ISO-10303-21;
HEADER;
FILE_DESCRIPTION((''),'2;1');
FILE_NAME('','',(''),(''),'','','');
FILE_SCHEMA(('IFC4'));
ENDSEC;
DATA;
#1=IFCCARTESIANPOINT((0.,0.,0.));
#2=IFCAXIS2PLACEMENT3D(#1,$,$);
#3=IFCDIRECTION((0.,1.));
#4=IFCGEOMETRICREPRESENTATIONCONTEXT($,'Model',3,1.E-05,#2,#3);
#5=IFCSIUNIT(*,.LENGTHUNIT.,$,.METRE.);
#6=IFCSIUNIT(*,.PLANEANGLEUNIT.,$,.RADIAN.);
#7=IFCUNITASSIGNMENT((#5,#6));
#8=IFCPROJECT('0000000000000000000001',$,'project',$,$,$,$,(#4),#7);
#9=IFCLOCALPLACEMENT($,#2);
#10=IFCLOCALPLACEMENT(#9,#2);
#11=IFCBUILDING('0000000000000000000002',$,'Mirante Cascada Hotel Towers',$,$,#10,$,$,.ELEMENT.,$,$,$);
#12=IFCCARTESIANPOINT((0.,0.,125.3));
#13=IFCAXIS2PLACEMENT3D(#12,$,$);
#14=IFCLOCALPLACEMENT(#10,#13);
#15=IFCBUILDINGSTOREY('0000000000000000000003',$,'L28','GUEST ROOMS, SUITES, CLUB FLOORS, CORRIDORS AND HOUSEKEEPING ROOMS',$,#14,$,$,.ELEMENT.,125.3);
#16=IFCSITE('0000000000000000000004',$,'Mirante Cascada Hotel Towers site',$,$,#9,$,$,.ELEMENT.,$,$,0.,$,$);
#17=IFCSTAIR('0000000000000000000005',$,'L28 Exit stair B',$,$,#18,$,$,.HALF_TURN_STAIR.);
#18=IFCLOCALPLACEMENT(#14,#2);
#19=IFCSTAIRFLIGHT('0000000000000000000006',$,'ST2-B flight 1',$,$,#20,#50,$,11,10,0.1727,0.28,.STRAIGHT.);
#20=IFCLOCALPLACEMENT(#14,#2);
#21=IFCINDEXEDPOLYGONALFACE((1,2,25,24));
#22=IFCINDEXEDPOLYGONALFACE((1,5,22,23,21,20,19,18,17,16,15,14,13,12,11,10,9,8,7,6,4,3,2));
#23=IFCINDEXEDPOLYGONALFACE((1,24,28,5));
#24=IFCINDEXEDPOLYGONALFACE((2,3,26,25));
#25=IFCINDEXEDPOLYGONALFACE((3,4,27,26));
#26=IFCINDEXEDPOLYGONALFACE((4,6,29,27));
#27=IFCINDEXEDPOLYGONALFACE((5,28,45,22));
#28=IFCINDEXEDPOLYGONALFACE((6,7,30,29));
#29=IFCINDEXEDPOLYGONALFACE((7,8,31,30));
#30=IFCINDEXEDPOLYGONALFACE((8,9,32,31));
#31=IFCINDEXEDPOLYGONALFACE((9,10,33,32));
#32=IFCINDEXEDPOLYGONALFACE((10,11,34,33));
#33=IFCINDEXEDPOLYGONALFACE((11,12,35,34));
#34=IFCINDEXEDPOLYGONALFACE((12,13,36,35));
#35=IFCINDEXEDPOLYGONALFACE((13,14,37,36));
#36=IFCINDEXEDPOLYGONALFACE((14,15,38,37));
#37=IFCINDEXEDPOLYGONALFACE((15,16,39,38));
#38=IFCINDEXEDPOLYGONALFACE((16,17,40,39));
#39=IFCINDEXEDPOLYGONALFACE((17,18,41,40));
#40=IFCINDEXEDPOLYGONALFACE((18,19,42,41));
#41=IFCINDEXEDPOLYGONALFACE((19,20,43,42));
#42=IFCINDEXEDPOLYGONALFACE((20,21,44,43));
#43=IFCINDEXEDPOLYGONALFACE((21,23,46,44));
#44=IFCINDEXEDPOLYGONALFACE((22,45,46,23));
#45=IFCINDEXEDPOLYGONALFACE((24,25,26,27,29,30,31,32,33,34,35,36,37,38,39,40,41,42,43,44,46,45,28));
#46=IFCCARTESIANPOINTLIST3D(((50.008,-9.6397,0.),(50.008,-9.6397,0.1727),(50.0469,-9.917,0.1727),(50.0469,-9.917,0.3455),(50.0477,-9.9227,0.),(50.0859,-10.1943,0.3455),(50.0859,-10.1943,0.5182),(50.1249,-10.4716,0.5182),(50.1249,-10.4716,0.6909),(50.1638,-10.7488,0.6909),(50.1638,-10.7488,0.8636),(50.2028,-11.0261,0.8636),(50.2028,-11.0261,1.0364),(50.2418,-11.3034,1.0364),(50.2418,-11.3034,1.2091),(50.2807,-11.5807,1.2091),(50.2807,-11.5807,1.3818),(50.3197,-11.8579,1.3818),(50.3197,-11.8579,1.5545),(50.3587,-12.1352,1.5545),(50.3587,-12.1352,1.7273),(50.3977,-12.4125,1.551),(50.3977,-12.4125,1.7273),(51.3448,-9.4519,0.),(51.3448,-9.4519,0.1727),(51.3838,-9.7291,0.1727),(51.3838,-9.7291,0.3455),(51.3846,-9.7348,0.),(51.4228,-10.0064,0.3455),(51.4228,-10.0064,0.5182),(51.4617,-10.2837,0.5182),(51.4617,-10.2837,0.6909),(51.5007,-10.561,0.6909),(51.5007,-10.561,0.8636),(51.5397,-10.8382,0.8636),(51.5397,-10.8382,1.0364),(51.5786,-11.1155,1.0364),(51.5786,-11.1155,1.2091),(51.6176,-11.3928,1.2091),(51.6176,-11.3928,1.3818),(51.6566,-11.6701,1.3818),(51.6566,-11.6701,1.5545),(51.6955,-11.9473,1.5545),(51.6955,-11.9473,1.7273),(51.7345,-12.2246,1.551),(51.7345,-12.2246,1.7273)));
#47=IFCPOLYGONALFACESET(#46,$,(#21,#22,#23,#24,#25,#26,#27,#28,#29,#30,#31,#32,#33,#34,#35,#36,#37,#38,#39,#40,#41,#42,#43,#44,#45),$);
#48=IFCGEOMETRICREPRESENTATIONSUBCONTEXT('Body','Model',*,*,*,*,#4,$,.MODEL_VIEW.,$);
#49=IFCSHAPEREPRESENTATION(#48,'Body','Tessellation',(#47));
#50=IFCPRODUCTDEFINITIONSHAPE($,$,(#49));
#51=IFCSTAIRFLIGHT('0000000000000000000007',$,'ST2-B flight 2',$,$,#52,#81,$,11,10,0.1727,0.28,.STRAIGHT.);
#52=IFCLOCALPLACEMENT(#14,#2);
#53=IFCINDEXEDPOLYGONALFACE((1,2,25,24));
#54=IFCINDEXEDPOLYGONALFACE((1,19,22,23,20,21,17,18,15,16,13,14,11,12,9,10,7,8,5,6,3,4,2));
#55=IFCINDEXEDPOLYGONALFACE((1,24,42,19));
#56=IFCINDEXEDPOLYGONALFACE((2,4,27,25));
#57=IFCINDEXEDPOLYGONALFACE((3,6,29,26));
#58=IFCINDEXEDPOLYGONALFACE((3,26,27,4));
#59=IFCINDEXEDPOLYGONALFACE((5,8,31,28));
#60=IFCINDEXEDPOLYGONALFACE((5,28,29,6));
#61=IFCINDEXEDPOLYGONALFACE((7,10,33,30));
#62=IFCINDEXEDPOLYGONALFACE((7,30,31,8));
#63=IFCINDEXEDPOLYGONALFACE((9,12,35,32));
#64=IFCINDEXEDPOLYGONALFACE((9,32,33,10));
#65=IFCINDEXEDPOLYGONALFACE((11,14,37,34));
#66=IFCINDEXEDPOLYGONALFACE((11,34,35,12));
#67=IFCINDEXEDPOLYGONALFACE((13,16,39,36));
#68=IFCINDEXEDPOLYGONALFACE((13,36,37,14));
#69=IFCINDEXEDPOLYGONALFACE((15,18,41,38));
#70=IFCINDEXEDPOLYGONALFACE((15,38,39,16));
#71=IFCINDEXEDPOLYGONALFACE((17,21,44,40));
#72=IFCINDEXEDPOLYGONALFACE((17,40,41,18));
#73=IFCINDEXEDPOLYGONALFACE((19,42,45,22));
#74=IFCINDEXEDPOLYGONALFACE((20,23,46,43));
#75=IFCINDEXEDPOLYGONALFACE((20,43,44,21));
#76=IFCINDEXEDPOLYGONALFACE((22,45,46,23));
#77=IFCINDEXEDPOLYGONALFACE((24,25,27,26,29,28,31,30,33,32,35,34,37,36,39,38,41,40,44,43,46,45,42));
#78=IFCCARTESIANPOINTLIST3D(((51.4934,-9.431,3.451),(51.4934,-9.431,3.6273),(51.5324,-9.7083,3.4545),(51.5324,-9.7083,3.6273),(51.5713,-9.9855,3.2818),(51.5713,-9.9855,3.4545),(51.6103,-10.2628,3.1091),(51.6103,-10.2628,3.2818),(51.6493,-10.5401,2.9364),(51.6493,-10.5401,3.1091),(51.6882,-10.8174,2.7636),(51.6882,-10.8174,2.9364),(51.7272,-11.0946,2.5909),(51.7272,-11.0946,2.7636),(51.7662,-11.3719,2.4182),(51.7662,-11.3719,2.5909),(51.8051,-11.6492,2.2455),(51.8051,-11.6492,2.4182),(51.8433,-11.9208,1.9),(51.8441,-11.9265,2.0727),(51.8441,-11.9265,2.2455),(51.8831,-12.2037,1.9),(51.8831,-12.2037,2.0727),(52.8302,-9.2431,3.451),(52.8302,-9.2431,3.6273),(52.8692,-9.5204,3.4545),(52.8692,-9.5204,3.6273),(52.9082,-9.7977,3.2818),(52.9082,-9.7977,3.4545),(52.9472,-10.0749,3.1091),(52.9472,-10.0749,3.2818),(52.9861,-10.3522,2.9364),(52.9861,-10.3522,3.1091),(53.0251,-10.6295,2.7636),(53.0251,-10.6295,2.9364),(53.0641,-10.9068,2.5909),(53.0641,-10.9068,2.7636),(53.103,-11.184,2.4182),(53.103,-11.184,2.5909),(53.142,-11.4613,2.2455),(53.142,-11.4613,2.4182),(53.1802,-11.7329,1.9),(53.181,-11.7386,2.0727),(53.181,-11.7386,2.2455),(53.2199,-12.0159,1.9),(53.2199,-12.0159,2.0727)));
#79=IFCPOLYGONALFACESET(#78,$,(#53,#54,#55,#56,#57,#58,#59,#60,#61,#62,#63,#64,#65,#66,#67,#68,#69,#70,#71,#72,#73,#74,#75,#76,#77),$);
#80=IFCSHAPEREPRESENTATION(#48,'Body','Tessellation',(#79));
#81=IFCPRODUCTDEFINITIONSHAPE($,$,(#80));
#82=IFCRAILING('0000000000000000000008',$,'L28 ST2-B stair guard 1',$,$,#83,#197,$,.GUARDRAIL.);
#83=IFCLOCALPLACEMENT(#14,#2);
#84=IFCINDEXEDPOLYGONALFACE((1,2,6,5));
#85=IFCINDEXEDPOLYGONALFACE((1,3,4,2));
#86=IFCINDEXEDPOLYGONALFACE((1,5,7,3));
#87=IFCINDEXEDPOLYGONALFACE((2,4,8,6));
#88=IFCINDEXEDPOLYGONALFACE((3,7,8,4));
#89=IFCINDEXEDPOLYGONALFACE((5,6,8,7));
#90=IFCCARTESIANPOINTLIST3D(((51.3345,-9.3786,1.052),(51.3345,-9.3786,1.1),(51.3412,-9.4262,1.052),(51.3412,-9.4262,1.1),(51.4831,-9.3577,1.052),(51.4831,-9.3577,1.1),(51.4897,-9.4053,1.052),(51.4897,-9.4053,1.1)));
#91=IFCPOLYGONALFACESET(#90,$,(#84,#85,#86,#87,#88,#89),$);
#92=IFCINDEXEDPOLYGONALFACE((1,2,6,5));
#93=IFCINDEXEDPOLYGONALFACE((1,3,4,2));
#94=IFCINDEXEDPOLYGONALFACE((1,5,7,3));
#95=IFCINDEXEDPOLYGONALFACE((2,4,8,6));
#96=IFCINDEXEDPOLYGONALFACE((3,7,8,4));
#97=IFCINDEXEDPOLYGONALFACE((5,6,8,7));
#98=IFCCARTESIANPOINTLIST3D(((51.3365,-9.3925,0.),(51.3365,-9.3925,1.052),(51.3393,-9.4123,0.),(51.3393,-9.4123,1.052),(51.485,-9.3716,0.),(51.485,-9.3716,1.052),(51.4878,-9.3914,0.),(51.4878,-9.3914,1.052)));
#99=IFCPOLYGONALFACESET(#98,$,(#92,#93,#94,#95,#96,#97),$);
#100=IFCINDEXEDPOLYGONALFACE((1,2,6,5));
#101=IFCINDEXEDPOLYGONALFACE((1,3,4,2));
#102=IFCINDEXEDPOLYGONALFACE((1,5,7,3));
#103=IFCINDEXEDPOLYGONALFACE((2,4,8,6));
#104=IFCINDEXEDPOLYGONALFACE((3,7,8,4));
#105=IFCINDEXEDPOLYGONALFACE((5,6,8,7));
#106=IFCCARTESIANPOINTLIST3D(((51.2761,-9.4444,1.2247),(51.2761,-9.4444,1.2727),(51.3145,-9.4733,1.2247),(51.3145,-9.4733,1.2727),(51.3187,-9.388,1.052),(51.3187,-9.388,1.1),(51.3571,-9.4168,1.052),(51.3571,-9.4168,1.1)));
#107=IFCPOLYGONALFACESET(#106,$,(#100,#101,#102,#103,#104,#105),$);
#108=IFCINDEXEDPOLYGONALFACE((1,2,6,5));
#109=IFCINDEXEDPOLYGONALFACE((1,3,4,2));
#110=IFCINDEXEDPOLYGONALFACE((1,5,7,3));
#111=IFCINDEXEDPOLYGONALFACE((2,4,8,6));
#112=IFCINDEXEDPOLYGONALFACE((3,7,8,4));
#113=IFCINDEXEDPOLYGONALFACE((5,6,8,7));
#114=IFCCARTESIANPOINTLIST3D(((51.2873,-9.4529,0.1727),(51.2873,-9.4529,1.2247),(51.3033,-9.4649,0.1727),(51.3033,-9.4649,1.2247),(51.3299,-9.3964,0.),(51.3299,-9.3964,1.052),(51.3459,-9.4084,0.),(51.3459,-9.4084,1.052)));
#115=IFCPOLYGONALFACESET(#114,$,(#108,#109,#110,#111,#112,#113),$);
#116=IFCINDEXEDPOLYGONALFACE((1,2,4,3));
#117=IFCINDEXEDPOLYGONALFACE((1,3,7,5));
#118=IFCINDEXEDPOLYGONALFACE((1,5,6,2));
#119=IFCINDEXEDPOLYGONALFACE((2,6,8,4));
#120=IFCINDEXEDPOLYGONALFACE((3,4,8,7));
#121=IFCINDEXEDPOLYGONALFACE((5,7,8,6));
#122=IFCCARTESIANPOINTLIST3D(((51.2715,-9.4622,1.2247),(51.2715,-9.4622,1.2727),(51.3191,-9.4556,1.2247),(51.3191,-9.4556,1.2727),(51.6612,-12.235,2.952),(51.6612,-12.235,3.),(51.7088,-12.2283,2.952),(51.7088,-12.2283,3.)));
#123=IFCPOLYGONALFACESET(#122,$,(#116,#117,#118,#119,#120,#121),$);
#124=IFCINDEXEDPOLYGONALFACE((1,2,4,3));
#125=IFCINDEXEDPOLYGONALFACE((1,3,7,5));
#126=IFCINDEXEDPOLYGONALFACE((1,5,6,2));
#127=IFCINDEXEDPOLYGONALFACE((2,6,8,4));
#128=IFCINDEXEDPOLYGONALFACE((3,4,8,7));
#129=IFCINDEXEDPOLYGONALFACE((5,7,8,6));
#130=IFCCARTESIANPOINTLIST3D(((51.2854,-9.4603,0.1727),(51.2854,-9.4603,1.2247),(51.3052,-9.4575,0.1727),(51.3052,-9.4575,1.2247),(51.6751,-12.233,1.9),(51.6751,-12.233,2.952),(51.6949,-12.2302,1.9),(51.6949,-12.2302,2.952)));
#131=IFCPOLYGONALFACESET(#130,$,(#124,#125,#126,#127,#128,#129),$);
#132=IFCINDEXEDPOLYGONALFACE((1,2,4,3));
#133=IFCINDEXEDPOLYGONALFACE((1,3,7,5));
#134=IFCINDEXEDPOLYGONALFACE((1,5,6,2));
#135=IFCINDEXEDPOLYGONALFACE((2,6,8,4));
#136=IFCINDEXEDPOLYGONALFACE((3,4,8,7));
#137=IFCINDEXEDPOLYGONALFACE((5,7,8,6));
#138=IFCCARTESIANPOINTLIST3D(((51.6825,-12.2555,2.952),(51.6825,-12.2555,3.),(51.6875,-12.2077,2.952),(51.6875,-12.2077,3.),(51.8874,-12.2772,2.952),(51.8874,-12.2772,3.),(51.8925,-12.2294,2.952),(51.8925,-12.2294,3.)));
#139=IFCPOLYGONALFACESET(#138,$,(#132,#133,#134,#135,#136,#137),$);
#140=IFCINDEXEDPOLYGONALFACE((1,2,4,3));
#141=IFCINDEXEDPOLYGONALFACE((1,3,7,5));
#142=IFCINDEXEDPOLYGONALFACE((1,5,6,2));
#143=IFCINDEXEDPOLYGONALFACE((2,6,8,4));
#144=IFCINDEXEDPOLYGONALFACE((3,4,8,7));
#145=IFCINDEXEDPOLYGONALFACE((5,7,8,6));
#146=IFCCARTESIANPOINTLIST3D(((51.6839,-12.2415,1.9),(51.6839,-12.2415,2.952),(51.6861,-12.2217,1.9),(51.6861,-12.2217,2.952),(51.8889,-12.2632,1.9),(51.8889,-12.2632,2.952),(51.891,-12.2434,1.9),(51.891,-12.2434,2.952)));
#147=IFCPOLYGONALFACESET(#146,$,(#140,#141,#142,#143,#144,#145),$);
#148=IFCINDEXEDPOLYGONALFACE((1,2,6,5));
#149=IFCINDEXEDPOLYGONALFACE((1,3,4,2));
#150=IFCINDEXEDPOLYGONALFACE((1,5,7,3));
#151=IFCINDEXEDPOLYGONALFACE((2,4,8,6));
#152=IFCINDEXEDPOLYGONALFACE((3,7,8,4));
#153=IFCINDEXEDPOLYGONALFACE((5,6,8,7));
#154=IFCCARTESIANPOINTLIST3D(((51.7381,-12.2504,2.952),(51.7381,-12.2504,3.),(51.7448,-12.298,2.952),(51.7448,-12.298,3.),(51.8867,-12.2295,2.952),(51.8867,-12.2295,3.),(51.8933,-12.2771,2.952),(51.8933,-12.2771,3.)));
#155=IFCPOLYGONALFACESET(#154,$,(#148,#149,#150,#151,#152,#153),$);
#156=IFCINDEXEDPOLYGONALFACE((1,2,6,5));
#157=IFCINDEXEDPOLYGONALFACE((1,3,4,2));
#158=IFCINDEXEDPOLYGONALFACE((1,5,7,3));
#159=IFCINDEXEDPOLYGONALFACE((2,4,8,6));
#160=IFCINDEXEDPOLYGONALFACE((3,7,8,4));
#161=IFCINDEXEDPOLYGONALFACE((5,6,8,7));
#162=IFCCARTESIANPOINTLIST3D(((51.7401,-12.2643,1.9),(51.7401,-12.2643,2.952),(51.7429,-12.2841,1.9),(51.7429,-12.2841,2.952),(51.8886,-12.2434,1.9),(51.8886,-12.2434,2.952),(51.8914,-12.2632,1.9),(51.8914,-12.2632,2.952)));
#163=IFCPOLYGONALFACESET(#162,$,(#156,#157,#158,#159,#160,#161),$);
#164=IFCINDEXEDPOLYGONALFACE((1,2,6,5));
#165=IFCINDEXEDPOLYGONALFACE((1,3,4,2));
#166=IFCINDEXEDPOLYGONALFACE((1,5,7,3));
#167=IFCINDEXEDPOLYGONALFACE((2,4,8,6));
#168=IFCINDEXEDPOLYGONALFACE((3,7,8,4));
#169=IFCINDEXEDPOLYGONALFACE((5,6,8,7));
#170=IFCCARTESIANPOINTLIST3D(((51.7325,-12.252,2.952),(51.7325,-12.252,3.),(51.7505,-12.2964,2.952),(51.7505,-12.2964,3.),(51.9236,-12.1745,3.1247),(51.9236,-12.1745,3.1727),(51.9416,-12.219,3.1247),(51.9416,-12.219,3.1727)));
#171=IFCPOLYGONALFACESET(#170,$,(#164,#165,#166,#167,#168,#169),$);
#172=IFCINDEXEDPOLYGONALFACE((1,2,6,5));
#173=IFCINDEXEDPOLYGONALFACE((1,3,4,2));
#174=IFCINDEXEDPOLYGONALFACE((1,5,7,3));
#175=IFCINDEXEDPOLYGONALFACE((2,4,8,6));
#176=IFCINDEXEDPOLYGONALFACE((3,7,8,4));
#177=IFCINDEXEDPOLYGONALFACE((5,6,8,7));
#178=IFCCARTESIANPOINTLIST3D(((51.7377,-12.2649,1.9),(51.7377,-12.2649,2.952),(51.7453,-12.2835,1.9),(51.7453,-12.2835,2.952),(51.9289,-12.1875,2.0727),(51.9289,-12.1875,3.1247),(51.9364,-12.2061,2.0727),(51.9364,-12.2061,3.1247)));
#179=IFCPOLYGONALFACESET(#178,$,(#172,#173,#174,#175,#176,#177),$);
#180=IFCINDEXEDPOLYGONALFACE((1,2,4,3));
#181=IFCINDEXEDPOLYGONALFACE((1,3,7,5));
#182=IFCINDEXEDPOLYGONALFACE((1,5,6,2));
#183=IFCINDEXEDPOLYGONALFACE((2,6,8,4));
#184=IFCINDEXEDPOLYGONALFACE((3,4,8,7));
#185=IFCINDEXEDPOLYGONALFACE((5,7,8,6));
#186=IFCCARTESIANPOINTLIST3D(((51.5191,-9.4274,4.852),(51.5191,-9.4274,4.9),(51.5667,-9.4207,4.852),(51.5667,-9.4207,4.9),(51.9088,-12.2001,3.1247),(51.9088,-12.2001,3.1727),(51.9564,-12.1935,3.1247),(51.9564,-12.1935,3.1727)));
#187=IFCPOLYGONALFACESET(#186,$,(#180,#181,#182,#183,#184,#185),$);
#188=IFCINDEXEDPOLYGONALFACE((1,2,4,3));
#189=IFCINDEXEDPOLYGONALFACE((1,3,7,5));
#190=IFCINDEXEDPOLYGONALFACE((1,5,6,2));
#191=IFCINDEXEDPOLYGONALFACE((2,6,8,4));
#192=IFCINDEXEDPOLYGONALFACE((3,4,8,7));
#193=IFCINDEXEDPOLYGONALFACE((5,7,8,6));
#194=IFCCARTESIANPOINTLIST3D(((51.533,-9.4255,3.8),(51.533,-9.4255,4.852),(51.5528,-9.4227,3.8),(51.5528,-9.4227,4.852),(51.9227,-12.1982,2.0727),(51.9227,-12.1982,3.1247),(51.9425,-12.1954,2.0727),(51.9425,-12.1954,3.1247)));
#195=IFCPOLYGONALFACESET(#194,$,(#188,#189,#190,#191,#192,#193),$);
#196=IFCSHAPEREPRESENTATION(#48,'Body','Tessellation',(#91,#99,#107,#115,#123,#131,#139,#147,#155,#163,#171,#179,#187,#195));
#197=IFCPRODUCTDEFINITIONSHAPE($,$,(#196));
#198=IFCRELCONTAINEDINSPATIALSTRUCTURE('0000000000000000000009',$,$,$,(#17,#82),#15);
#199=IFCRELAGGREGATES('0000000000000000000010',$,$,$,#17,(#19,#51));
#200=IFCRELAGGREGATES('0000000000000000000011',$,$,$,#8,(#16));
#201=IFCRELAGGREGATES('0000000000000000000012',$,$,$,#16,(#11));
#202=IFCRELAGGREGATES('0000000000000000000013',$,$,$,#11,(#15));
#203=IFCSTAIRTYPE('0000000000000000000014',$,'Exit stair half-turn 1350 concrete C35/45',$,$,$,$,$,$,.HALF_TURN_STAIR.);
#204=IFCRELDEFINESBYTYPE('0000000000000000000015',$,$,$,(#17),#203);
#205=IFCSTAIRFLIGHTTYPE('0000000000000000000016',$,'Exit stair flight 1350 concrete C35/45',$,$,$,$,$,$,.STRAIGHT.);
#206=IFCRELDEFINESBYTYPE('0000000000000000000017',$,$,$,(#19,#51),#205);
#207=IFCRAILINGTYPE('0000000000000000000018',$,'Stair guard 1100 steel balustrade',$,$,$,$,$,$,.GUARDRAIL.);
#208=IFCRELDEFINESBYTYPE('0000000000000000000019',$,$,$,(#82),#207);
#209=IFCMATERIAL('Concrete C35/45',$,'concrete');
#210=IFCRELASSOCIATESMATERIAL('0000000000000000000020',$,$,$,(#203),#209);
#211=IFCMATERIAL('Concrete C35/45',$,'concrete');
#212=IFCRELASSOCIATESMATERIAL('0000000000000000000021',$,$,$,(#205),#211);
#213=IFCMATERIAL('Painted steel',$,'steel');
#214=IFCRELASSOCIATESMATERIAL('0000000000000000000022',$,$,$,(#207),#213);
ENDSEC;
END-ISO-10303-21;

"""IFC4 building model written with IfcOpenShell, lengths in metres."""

from ifc_helpers import new_model, si_unit, direction, frame, origin, origin_2d, place, context, subcontext, project, spatial, polyline, rectangle, outline, extrude, material, type_object, element, aggregate, save


model = new_model("IFC4")

# Units and contexts
model_context = context("Model", 3, precision=1e-05, world=origin(), true_north=direction((0.0, 1.0)))
body_context = subcontext(model_context, "Body", "Model", "MODEL_VIEW")
ifc_project = project(units=[si_unit("LENGTHUNIT", "METRE"), si_unit("PLANEANGLEUNIT", "RADIAN")], contexts=[model_context])

# Site, building, storey
site_placement = place(None, origin())
site = spatial("IfcSite", under=ifc_project, at=site_placement, Name="Mirante Cascada Hotel Towers site", CompositionType="ELEMENT", RefElevation=0.0)
building_placement = place(site_placement, origin())
building = spatial("IfcBuilding", under=site, at=building_placement, Name="Mirante Cascada Hotel Towers", CompositionType="ELEMENT")
storey_placement = place(building_placement, frame((0.0, 0.0, 125.3)))
storey = spatial("IfcBuildingStorey", under=building, at=storey_placement, Name="L28", Description="GUEST ROOMS, SUITES, CLUB FLOORS, CORRIDORS AND HOUSEKEEPING ROOMS", CompositionType="ELEMENT", Elevation=125.3)

# Stair, stair flights
ifc_material_1 = material(Name="Concrete C35/45", Category="concrete")
stair_type = type_object("IfcStairType", Name="Exit stair half-turn 1350 concrete C35/45", PredefinedType="HALF_TURN_STAIR", material=ifc_material_1)
stair_placement = place(storey_placement, origin())
stair = element("IfcStair", 1, at=stair_placement, inside=storey, type_object=stair_type, Name="L28 Exit stair B", PredefinedType="HALF_TURN_STAIR")
ifc_material_2 = material(Name="Concrete C35/45", Category="concrete")
stair_flight_type = type_object("IfcStairFlightType", Name="Exit stair flight 1350 concrete C35/45", PredefinedType="STRAIGHT", material=ifc_material_2)
stair_flight_1_placement = place(storey_placement, frame((50.6764, -9.5458, 0.0), z_axis=(0.0, 0.0, 1.0), x_axis=(0.139173, -0.990268, 0.0)))
stair_flight_1 = element("IfcStairFlight", 2, at=stair_flight_1_placement, type_object=stair_flight_type, Name="ST2-B flight 1", NumberOfRisers=11, NumberOfTreads=10, PredefinedType="STRAIGHT", RiserHeight=0.1727, TreadLength=0.28, context=body_context, shape_type="SweptSolid", body=[
    extrude(outline(polyline([(0.0, 0.0), (0.0, 0.1727), (0.28, 0.1727), (0.28, 0.3455), (0.56, 0.3455), (0.56, 0.5182), (0.84, 0.5182), (0.84, 0.6909), (1.12, 0.6909), (1.12, 0.8636), (1.4, 0.8636), (1.4, 1.0364), (1.68, 1.0364), (1.68, 1.2091), (1.96, 1.2091), (1.96, 1.3818), (2.24, 1.3818), (2.24, 1.5545), (2.52, 1.5545), (2.52, 1.7273), (2.8, 1.7273), (2.8, 1.9), (2.8, 1.551), (0.2857, 0.0), (0.0, 0.0)])), frame((0.0, 0.675, 0.0), z_axis=(0.0, -1.0, 0.0), x_axis=(1.0, 0.0, 0.0)), (0.0, 0.0, 1.0), 1.35),
])
stair_flight_2_placement = place(storey_placement, frame((52.5515, -12.1098, 1.9), z_axis=(0.0, 0.0, 1.0), x_axis=(-0.139173, 0.990268, 0.0)))
stair_flight_2 = element("IfcStairFlight", 3, at=stair_flight_2_placement, type_object=stair_flight_type, Name="ST2-B flight 2", NumberOfRisers=11, NumberOfTreads=10, PredefinedType="STRAIGHT", RiserHeight=0.1727, TreadLength=0.28, context=body_context, shape_type="SweptSolid", body=[
    extrude(outline(polyline([(0.0, 0.0), (0.0, 0.1727), (0.28, 0.1727), (0.28, 0.3455), (0.56, 0.3455), (0.56, 0.5182), (0.84, 0.5182), (0.84, 0.6909), (1.12, 0.6909), (1.12, 0.8636), (1.4, 0.8636), (1.4, 1.0364), (1.68, 1.0364), (1.68, 1.2091), (1.96, 1.2091), (1.96, 1.3818), (2.24, 1.3818), (2.24, 1.5545), (2.52, 1.5545), (2.52, 1.7273), (2.8, 1.7273), (2.8, 1.9), (2.8, 1.551), (0.2857, 0.0), (0.0, 0.0)])), frame((0.0, 0.675, 0.0), z_axis=(0.0, -1.0, 0.0), x_axis=(1.0, 0.0, 0.0)), (0.0, 0.0, 1.0), 1.35),
])
aggregate(stair, [stair_flight_1, stair_flight_2])

# Railing
ifc_material_3 = material(Name="Painted steel", Category="steel")
railing_type_1 = type_object("IfcRailingType", Name="Stair guard 1100 steel balustrade", PredefinedType="GUARDRAIL", material=ifc_material_3)
railing_1_placement = place(storey_placement, frame((51.4864, -9.3815, 0.0)))
element("IfcRailing", 4, at=railing_1_placement, inside=storey, type_object=railing_type_1, Name="L28 ST2-B stair guard 1", PredefinedType="GUARDRAIL", context=body_context, shape_type="SweptSolid", body=[
    extrude(rectangle(XDim=0.048, YDim=0.048, at=origin_2d()), frame((0.0, 0.0, 1.076), z_axis=(-0.990241, -0.139367, 0.0), x_axis=(0.139367, -0.990241, 0.0)), (0.0, 0.0, 1.0), 0.15),
    extrude(rectangle(XDim=0.02, YDim=1.052, at=origin_2d()), frame((0.0, 0.0, 0.526), z_axis=(-0.990241, -0.139367, 0.0), x_axis=(0.139367, -0.990241, 0.0)), (0.0, 0.0, 1.0), 0.15),
    extrude(rectangle(XDim=0.048, YDim=0.048, at=origin_2d()), frame((-0.1485, -0.0209, 1.076), z_axis=(-0.602033, -0.798471, 0.0), x_axis=(0.798471, -0.602033, 0.0)), (0.0, 0.92534, 0.379139), 0.1866),
    extrude(rectangle(XDim=0.02, YDim=1.052, at=origin_2d()), frame((-0.1485, -0.0209, 0.526), z_axis=(-0.602033, -0.798471, 0.0), x_axis=(0.798471, -0.602033, 0.0)), (0.0, 0.92534, 0.379139), 0.1866),
    extrude(rectangle(XDim=0.048, YDim=0.048, at=origin_2d()), frame((-0.1911, -0.0774, 1.2487), z_axis=(0.139181, -0.990267, 0.0), x_axis=(0.990267, 0.139181, 0.0)), (0.0, 0.525035, 0.851081), 3.2899),
    extrude(rectangle(XDim=0.02, YDim=1.052, at=origin_2d()), frame((-0.1911, -0.0774, 0.6987), z_axis=(0.139181, -0.990267, 0.0), x_axis=(0.990267, 0.139181, 0.0)), (0.0, 0.525035, 0.851081), 3.2899),
    extrude(rectangle(XDim=0.048, YDim=0.048, at=origin_2d()), frame((0.1986, -2.8501, 2.976), z_axis=(0.994444, -0.105266, 0.0), x_axis=(0.105266, 0.994444, 0.0)), (0.0, 0.0, 1.0), 0.2061),
    extrude(rectangle(XDim=0.02, YDim=1.052, at=origin_2d()), frame((0.1986, -2.8501, 2.426), z_axis=(0.994444, -0.105266, 0.0), x_axis=(0.105266, 0.994444, 0.0)), (0.0, 0.0, 1.0), 0.2061),
    extrude(rectangle(XDim=0.048, YDim=0.048, at=origin_2d()), frame((0.4036, -2.8718, 2.976), z_axis=(-0.990241, -0.139367, 0.0), x_axis=(0.139367, -0.990241, 0.0)), (0.0, 0.0, 1.0), 0.15),
    extrude(rectangle(XDim=0.02, YDim=1.052, at=origin_2d()), frame((0.4036, -2.8718, 2.426), z_axis=(-0.990241, -0.139367, 0.0), x_axis=(0.139367, -0.990241, 0.0)), (0.0, 0.0, 1.0), 0.15),
    extrude(rectangle(XDim=0.048, YDim=0.048, at=origin_2d()), frame((0.2551, -2.8927, 2.976), z_axis=(0.926862, 0.375401, 0.0), x_axis=(-0.375401, 0.926862, 0.0)), (0.0, 0.642122, 0.766603), 0.269),
    extrude(rectangle(XDim=0.02, YDim=1.052, at=origin_2d()), frame((0.2551, -2.8927, 2.426), z_axis=(0.926862, 0.375401, 0.0), x_axis=(-0.375401, 0.926862, 0.0)), (0.0, 0.642122, 0.766603), 0.269),
    extrude(rectangle(XDim=0.048, YDim=0.048, at=origin_2d()), frame((0.4462, -2.8153, 3.1487), z_axis=(-0.139181, 0.990267, 0.0), x_axis=(-0.990267, -0.139181, 0.0)), (0.0, 0.525035, 0.851081), 3.2899),
    extrude(rectangle(XDim=0.02, YDim=1.052, at=origin_2d()), frame((0.4462, -2.8153, 2.5987), z_axis=(-0.139181, 0.990267, 0.0), x_axis=(-0.990267, -0.139181, 0.0)), (0.0, 0.525035, 0.851081), 3.2899),
])

save(model, "model.ifc")
